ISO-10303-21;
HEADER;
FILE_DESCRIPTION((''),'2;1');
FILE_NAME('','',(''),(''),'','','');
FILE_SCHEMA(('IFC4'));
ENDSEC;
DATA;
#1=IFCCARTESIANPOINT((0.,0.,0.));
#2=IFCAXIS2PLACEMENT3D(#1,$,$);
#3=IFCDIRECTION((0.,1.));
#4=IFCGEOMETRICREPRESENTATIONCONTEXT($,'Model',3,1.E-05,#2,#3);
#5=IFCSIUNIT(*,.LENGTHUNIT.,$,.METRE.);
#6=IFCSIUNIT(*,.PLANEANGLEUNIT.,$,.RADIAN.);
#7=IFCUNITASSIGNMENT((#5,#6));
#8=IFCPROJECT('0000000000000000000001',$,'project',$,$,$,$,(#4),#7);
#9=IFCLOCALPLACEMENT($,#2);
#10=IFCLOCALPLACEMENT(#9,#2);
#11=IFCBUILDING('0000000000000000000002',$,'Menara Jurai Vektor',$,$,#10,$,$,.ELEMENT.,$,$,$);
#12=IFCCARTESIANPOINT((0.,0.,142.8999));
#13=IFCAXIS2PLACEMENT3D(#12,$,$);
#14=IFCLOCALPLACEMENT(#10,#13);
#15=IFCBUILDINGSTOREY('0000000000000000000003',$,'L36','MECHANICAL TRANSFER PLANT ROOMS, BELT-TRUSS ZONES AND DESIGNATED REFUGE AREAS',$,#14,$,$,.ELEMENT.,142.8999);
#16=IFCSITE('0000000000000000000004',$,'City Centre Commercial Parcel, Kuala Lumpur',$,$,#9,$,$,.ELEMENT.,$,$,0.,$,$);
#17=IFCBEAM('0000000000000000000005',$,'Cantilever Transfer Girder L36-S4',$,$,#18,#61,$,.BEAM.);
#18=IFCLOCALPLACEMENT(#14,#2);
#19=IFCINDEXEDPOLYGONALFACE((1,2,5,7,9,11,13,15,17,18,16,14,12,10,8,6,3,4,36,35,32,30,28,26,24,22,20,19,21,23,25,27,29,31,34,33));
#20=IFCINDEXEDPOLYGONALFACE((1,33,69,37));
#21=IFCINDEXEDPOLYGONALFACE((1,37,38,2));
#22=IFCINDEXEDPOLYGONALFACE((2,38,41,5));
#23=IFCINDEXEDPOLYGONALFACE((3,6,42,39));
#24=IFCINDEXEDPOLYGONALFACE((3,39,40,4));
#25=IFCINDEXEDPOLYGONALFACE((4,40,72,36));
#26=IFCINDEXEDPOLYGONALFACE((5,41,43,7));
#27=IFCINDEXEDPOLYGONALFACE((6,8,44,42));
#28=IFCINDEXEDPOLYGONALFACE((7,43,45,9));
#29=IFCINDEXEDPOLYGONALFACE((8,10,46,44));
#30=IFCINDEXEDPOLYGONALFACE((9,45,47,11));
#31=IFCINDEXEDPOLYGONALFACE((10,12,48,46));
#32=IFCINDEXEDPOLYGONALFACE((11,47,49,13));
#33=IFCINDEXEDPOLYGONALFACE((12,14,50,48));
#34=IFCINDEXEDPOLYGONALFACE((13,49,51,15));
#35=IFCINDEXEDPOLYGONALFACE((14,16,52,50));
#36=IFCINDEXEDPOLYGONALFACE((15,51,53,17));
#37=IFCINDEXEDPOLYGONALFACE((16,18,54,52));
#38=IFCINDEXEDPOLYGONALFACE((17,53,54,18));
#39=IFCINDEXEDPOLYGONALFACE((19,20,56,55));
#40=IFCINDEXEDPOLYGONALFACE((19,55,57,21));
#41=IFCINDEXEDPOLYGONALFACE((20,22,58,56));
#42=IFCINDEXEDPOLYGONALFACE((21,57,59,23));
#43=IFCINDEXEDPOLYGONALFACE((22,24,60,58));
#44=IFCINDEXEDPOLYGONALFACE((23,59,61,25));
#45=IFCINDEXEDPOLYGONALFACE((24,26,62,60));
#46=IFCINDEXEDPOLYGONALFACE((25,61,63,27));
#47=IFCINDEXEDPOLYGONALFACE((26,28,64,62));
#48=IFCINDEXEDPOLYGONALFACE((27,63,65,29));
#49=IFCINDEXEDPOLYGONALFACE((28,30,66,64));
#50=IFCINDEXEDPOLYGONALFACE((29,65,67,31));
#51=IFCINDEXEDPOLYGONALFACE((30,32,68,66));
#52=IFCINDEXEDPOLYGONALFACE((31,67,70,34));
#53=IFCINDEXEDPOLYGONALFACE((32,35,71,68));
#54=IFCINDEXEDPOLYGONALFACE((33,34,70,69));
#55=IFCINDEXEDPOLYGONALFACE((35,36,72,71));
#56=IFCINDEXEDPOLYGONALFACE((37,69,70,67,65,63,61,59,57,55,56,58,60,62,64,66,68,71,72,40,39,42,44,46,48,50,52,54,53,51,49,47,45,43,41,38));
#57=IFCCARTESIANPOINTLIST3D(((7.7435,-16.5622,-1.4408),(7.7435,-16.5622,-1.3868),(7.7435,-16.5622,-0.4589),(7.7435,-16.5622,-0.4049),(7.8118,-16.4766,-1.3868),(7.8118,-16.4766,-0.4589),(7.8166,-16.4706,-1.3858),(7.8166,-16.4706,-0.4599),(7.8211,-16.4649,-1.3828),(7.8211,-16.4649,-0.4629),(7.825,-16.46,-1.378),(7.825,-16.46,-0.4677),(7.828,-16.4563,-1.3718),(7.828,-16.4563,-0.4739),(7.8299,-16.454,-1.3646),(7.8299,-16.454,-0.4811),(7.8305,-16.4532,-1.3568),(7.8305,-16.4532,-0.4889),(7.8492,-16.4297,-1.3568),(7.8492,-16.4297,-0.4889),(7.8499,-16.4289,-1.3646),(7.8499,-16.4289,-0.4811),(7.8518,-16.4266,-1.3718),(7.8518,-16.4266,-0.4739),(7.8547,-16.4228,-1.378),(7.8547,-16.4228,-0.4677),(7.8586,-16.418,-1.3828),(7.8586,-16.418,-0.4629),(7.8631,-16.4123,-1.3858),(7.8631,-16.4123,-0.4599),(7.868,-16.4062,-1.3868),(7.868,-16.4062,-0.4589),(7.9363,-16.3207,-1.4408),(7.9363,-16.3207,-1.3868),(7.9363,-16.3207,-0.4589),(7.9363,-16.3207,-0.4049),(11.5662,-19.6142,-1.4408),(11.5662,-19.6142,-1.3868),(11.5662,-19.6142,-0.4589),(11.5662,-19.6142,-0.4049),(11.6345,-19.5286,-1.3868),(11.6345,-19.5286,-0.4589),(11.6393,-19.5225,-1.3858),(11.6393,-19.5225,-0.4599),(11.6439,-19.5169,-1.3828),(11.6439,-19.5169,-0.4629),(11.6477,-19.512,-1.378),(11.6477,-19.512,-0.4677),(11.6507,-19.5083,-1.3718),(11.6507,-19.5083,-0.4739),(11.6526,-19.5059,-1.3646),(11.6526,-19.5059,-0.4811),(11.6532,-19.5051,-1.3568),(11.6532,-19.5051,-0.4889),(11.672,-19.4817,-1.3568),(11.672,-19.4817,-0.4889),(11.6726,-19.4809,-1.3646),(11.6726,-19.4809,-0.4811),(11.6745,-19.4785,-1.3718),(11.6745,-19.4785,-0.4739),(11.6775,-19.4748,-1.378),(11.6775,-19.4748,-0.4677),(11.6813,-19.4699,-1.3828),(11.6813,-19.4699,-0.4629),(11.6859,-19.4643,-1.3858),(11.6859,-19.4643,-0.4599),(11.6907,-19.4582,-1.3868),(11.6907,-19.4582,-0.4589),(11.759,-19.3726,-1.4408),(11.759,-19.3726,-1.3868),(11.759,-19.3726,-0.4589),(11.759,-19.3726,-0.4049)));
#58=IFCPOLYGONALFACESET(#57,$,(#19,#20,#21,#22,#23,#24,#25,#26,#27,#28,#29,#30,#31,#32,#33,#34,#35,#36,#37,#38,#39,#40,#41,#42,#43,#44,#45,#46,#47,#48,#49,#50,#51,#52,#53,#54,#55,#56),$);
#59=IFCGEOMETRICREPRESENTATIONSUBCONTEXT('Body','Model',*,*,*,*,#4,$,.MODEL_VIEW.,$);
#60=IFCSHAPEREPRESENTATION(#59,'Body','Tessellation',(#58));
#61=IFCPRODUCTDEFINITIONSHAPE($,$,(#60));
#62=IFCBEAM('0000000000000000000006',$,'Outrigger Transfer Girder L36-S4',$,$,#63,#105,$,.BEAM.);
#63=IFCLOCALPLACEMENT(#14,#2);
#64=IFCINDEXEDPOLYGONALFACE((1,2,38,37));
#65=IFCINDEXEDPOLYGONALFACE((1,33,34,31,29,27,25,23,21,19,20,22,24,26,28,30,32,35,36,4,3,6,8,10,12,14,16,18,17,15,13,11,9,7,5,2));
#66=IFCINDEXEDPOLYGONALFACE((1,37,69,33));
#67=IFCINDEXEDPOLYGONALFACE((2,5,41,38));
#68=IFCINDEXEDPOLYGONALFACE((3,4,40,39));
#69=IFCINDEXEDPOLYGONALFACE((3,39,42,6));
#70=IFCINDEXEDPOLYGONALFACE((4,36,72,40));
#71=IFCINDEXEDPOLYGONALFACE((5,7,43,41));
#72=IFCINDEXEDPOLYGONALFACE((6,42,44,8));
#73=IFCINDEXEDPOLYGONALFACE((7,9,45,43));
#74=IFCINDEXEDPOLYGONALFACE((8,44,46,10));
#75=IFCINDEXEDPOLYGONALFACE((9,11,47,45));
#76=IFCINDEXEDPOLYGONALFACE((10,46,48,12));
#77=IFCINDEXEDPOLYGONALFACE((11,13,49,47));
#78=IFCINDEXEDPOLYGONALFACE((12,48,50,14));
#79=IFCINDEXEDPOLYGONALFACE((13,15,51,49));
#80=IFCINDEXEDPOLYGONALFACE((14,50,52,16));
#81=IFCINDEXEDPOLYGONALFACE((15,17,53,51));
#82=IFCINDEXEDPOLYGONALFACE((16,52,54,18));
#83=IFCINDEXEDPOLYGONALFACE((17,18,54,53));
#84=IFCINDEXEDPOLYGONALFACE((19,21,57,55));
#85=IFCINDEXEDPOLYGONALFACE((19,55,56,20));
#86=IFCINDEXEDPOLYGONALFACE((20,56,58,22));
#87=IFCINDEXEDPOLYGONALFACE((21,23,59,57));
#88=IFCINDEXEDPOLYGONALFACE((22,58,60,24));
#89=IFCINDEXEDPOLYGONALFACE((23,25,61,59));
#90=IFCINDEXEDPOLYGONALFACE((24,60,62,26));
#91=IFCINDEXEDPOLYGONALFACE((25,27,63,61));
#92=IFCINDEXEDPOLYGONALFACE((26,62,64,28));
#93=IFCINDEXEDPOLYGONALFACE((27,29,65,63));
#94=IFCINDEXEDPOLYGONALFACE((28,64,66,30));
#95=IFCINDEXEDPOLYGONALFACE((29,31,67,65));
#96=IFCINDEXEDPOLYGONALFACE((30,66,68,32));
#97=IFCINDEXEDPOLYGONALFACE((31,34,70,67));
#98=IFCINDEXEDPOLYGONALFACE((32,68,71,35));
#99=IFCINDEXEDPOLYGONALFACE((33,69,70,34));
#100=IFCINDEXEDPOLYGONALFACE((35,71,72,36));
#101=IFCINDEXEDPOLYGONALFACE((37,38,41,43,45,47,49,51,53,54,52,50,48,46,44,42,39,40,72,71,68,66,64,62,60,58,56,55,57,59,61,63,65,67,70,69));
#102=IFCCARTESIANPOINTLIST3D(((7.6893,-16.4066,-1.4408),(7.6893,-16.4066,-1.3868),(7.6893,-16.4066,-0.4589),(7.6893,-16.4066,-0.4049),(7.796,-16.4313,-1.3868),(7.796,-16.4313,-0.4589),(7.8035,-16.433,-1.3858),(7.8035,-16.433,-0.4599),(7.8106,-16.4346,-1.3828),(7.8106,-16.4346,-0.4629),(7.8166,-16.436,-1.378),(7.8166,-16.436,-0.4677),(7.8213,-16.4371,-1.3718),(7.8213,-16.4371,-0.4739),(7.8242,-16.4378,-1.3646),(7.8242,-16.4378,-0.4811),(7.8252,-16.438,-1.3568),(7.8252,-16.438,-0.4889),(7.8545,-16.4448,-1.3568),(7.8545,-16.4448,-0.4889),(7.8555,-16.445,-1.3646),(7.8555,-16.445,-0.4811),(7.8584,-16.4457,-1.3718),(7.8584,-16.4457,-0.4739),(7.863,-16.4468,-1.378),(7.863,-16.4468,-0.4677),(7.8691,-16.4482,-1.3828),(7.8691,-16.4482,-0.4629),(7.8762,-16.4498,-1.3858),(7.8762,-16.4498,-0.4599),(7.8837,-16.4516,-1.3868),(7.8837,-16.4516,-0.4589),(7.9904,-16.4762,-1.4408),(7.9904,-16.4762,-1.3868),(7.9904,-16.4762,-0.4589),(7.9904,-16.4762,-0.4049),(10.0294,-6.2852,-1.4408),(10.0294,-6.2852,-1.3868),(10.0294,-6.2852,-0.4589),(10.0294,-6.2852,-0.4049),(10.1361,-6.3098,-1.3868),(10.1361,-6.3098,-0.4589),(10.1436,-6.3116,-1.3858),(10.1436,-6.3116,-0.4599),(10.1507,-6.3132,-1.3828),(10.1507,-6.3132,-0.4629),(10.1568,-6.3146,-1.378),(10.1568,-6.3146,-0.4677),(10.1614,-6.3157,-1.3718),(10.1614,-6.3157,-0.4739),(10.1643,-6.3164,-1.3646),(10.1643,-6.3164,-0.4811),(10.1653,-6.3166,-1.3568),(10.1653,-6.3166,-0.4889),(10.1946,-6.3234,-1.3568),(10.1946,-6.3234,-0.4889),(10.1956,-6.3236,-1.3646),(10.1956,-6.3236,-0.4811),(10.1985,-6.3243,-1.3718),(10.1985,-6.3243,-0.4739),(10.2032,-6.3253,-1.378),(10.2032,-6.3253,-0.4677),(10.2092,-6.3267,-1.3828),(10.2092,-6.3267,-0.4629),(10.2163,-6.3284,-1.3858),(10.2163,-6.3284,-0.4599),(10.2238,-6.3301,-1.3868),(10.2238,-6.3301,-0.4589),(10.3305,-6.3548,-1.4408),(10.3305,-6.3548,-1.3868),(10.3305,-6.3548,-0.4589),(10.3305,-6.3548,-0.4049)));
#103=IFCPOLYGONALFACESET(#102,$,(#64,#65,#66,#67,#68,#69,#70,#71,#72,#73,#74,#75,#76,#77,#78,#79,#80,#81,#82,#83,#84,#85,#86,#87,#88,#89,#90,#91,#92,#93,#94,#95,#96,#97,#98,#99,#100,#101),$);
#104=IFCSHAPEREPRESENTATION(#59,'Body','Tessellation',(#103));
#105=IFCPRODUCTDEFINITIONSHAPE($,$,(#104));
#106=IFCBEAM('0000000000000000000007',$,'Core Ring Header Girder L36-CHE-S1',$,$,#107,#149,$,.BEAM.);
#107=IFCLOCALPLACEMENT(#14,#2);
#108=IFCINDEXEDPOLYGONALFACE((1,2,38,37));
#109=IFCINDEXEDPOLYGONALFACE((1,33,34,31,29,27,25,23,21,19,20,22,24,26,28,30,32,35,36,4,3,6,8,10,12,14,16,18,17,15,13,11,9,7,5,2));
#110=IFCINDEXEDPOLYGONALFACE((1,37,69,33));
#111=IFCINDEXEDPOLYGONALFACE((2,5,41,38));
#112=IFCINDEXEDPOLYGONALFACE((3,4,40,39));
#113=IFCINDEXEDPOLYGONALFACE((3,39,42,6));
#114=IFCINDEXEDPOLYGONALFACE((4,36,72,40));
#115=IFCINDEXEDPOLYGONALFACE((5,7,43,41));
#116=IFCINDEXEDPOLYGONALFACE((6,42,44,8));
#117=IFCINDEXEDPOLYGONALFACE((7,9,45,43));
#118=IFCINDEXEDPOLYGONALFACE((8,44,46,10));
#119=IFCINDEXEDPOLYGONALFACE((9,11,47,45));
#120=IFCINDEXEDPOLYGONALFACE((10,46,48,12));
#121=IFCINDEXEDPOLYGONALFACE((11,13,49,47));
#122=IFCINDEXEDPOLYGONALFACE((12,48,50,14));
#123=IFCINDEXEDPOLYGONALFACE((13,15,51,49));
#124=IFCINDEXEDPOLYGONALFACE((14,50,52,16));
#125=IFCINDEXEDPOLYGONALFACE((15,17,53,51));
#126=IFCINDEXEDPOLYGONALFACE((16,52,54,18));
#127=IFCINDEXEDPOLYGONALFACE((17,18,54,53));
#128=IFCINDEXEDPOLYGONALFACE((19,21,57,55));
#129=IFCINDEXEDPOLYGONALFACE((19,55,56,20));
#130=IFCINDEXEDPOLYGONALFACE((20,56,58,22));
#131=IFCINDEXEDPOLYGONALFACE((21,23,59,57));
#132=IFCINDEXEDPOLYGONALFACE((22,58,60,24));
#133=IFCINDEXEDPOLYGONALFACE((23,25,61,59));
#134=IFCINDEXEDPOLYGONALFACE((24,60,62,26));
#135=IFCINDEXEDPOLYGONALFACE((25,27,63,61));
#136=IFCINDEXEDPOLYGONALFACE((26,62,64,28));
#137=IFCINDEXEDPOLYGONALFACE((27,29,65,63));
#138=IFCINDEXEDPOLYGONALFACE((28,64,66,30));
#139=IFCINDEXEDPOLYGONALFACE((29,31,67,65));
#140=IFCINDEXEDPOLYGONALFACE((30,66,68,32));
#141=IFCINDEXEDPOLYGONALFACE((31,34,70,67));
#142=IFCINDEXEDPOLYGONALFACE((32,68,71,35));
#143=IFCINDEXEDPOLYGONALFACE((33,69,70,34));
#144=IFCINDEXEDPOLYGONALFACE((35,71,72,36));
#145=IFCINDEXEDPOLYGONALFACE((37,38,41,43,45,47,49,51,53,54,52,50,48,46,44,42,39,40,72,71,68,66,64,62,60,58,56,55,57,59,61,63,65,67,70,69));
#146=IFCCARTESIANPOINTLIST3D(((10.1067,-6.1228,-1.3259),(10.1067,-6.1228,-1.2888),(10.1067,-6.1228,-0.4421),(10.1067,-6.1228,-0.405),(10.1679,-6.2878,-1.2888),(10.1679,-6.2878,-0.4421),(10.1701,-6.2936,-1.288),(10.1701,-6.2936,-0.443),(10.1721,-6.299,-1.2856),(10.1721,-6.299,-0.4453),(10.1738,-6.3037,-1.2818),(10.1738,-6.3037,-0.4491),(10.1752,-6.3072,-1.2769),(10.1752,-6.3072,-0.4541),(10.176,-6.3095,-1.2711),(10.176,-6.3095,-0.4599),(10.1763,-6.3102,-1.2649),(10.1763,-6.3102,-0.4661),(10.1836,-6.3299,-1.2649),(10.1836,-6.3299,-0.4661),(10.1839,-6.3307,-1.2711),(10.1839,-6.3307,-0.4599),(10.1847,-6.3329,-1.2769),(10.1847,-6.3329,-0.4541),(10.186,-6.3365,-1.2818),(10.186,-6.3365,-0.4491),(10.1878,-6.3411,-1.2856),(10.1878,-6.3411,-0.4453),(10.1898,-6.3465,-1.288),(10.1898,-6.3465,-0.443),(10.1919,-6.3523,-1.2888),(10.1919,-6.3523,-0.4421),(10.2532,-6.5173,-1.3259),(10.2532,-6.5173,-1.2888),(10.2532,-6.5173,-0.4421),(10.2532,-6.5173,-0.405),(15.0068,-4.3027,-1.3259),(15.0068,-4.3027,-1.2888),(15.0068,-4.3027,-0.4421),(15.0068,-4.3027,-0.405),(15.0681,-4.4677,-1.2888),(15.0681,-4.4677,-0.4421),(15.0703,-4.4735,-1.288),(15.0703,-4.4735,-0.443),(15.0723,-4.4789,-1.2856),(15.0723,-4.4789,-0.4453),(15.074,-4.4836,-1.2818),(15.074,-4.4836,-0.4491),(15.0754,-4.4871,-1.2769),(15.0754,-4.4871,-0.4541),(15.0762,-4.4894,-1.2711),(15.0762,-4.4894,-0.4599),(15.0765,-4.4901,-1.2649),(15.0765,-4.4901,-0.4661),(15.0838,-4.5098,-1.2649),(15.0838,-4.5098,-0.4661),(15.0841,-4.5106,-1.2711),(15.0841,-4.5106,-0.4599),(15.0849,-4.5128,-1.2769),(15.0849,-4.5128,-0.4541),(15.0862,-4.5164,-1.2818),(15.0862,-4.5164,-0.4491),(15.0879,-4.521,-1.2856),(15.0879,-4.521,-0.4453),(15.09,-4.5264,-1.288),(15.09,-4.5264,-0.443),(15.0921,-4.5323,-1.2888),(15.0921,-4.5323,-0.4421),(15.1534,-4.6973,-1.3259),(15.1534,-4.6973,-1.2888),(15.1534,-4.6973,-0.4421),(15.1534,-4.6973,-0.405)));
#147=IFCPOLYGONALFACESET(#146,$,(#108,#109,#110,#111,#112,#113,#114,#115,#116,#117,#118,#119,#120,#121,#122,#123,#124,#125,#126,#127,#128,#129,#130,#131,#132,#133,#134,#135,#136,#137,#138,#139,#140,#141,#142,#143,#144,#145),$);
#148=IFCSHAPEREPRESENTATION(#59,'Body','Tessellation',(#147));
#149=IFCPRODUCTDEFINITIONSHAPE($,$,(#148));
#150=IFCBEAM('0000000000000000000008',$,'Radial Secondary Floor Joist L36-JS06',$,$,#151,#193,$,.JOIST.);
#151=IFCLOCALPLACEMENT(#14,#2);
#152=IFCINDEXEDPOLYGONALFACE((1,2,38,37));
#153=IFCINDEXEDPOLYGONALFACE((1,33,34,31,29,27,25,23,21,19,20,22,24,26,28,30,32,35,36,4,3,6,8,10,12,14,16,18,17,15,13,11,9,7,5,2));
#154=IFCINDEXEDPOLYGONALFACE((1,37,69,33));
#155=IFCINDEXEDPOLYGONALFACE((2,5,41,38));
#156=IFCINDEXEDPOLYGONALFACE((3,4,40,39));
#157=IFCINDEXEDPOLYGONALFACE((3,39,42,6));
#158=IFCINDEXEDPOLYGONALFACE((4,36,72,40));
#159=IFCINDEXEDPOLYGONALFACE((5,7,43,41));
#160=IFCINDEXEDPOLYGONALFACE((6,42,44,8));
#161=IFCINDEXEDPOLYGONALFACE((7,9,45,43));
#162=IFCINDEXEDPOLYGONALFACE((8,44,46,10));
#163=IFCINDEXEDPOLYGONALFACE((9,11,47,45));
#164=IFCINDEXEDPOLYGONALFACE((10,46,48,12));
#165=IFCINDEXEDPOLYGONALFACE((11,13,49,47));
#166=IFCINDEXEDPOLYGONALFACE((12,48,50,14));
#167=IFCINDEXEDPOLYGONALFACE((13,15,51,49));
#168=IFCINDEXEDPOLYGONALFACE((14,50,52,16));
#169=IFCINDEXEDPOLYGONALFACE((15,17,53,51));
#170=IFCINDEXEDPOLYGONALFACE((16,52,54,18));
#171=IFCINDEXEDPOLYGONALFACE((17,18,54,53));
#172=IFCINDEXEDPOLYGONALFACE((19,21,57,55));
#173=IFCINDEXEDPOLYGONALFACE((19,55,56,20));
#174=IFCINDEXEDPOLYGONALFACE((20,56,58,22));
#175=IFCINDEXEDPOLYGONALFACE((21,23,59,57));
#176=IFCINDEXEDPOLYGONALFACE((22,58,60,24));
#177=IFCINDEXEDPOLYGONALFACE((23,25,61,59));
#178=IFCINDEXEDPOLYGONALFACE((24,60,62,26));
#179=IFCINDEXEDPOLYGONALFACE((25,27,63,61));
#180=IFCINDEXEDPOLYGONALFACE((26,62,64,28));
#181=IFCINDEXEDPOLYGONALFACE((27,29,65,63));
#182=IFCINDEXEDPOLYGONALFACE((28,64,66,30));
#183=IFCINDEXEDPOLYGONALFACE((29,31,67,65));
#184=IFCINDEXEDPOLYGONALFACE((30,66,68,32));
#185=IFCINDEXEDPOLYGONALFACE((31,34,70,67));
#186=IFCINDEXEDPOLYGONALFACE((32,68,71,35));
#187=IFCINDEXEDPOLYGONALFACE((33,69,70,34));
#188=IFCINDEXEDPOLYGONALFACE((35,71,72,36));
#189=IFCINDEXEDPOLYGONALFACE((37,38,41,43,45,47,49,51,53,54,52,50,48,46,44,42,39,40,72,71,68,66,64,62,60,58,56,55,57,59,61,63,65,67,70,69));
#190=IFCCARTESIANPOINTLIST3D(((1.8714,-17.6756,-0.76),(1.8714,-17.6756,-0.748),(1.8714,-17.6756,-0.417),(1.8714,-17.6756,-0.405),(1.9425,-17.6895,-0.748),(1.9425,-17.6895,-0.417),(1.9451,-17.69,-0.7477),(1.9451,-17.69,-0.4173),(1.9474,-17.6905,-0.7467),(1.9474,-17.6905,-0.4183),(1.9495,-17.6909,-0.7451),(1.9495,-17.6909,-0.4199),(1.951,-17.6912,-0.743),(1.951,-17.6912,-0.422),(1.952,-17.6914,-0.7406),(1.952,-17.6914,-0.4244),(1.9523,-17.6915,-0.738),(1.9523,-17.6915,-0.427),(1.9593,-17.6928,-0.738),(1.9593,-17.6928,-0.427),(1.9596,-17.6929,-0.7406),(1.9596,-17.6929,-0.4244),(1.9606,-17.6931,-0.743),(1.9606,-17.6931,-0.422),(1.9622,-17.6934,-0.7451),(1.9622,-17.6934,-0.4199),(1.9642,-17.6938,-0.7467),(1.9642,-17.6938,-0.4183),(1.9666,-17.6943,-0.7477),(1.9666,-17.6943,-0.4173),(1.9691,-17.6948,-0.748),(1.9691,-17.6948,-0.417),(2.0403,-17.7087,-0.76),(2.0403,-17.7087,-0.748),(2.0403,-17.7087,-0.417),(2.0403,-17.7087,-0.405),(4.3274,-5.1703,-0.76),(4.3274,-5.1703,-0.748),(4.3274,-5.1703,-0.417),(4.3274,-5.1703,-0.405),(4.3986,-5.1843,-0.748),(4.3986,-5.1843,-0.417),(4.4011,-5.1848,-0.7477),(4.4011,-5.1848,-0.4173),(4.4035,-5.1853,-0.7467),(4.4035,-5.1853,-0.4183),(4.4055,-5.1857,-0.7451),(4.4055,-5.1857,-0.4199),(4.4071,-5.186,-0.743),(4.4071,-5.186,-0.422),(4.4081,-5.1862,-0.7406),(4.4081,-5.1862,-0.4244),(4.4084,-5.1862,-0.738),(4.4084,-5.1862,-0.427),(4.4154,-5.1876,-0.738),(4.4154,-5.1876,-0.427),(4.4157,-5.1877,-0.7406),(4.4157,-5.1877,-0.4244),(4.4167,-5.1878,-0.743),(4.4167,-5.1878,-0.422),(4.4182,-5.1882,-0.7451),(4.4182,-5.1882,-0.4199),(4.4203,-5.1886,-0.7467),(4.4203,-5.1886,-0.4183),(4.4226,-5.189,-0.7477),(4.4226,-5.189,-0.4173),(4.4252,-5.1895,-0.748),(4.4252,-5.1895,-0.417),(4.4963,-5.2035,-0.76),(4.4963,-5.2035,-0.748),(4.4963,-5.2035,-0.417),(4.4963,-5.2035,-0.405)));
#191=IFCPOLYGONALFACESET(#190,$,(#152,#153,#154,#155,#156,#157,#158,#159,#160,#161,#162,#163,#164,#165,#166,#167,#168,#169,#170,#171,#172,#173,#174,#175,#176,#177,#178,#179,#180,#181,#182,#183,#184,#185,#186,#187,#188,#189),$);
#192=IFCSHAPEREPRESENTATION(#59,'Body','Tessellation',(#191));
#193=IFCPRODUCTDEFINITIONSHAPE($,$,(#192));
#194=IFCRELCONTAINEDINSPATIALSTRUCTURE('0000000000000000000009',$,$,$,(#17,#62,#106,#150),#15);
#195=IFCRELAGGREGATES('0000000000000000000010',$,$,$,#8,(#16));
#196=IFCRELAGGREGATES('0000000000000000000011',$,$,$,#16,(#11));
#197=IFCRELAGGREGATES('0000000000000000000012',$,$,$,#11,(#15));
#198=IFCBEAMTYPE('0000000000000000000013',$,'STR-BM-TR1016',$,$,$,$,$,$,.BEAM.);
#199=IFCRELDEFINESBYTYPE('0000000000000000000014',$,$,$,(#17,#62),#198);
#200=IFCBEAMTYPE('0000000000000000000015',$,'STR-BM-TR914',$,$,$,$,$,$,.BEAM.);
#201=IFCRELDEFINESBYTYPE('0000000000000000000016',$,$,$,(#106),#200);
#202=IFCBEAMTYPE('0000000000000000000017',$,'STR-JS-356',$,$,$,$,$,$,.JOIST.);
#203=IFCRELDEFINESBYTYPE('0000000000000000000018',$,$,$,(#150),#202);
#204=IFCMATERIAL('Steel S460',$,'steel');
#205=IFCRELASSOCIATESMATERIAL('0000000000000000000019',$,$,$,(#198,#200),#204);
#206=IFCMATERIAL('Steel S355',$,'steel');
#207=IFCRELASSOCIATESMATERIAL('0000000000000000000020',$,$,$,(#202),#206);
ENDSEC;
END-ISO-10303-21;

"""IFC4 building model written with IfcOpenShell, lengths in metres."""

from ifc_helpers import new_model, si_unit, direction, frame, origin, origin_2d, place, context, subcontext, project, spatial, i_section, extrude, material, material_profile, profile_set, type_object, element, save


model = new_model("IFC4")

# Units and contexts
model_context = context("Model", 3, precision=1e-05, world=origin(), true_north=direction((0.0, 1.0)))
body_context = subcontext(model_context, "Body", "Model", "MODEL_VIEW")
ifc_project = project(units=[si_unit("LENGTHUNIT", "METRE"), si_unit("PLANEANGLEUNIT", "RADIAN")], contexts=[model_context])

# Site, building, storey
site_placement = place(None, origin())
site = spatial("IfcSite", under=ifc_project, at=site_placement, Name="City Centre Commercial Parcel, Kuala Lumpur", CompositionType="ELEMENT", RefElevation=0.0)
building_placement = place(site_placement, origin())
building = spatial("IfcBuilding", under=site, at=building_placement, Name="Menara Jurai Vektor", CompositionType="ELEMENT")
storey_placement = place(building_placement, frame((0.0, 0.0, 142.8999)))
storey = spatial("IfcBuildingStorey", under=building, at=storey_placement, Name="L36", Description="MECHANICAL TRANSFER PLANT ROOMS, BELT-TRUSS ZONES AND DESIGNATED REFUGE AREAS", CompositionType="ELEMENT", Elevation=142.8999)

# Shared definitions
ifc_material_1 = material(Name="Steel S460", Category="steel")

# Beams
ifc_material_2 = material(Name="Steel S355", Category="steel")
ifc_material_profile_1 = material_profile(ifc_material_1, i_section(OverallWidth=0.3091, OverallDepth=1.0359, WebThickness=0.03, FlangeThickness=0.054, FilletRadius=0.03, at=origin_2d()), Name="UKB 1016x305x487")
ifc_profile_set_1 = profile_set([ifc_material_profile_1], Name="Steel S460")
beam_type_1 = type_object("IfcBeamType", Name="STR-BM-TR1016", PredefinedType="BEAM", material=ifc_profile_set_1)
beam_1_placement = place(storey_placement, frame((11.6626, -19.4934, -0.9229), z_axis=(-0.781487, 0.623922, 0.0), x_axis=(-0.623922, -0.781487, 0.0)))
element("IfcBeam", 1, at=beam_1_placement, inside=storey, type_object=beam_type_1, Name="Cantilever Transfer Girder L36-S4", PredefinedType="BEAM", context=body_context, shape_type="SweptSolid", body=[
    extrude(i_section(OverallWidth=0.3091, OverallDepth=1.0359, WebThickness=0.03, FlangeThickness=0.054, FilletRadius=0.03, at=origin_2d()), origin(), (0.0, 0.0, 1.0), 4.8916),
])
beam_2_placement = place(storey_placement, frame((7.8398, -16.4414, -0.9229), z_axis=(0.225261, 0.974298, 0.0), x_axis=(-0.974298, 0.225261, 0.0)))
element("IfcBeam", 2, at=beam_2_placement, inside=storey, type_object=beam_type_1, Name="Outrigger Transfer Girder L36-S4", PredefinedType="BEAM", context=body_context, shape_type="SweptSolid", body=[
    extrude(i_section(OverallWidth=0.3091, OverallDepth=1.0359, WebThickness=0.03, FlangeThickness=0.054, FilletRadius=0.03, at=origin_2d()), origin(), (0.0, 0.0, 1.0), 10.3884),
])
ifc_material_profile_2 = material_profile(ifc_material_1, i_section(OverallWidth=0.4209, OverallDepth=0.9209, WebThickness=0.021, FlangeThickness=0.0371, FilletRadius=0.0239, at=origin_2d()), Name="UKB 914x419x388")
ifc_profile_set_2 = profile_set([ifc_material_profile_2], Name="Steel S460")
beam_type_2 = type_object("IfcBeamType", Name="STR-BM-TR914", PredefinedType="BEAM", material=ifc_profile_set_2)
beam_3_placement = place(storey_placement, frame((10.1799, -6.3201, -0.8655), z_axis=(0.937424, 0.348189, 0.0), x_axis=(-0.348189, 0.937424, 0.0)))
element("IfcBeam", 3, at=beam_3_placement, inside=storey, type_object=beam_type_2, Name="Core Ring Header Girder L36-CHE-S1", PredefinedType="BEAM", context=body_context, shape_type="SweptSolid", body=[
    extrude(i_section(OverallWidth=0.4209, OverallDepth=0.9209, WebThickness=0.021, FlangeThickness=0.0371, FilletRadius=0.0239, at=origin_2d()), origin(), (0.0, 0.0, 1.0), 5.2273),
])
ifc_material_profile_3 = material_profile(ifc_material_2, i_section(OverallWidth=0.1721, OverallDepth=0.355, WebThickness=0.0071, FlangeThickness=0.012, FilletRadius=0.01, at=origin_2d()), Name="UKB 356x171x51")
ifc_profile_set_3 = profile_set([ifc_material_profile_3], Name="Steel S355")
beam_type_3 = type_object("IfcBeamType", Name="STR-JS-356", PredefinedType="JOIST", material=ifc_profile_set_3)
beam_4_placement = place(storey_placement, frame((1.9558, -17.6921, -0.5825), z_axis=(0.192722, 0.981253, 0.0), x_axis=(-0.981253, 0.192722, 0.0)))
element("IfcBeam", 4, at=beam_4_placement, inside=storey, type_object=beam_type_3, Name="Radial Secondary Floor Joist L36-JS06", PredefinedType="JOIST", context=body_context, shape_type="SweptSolid", body=[
    extrude(i_section(OverallWidth=0.1721, OverallDepth=0.355, WebThickness=0.0071, FlangeThickness=0.012, FilletRadius=0.01, at=origin_2d()), origin(), (0.0, 0.0, 1.0), 12.7441),
])

save(model, "model.ifc")
